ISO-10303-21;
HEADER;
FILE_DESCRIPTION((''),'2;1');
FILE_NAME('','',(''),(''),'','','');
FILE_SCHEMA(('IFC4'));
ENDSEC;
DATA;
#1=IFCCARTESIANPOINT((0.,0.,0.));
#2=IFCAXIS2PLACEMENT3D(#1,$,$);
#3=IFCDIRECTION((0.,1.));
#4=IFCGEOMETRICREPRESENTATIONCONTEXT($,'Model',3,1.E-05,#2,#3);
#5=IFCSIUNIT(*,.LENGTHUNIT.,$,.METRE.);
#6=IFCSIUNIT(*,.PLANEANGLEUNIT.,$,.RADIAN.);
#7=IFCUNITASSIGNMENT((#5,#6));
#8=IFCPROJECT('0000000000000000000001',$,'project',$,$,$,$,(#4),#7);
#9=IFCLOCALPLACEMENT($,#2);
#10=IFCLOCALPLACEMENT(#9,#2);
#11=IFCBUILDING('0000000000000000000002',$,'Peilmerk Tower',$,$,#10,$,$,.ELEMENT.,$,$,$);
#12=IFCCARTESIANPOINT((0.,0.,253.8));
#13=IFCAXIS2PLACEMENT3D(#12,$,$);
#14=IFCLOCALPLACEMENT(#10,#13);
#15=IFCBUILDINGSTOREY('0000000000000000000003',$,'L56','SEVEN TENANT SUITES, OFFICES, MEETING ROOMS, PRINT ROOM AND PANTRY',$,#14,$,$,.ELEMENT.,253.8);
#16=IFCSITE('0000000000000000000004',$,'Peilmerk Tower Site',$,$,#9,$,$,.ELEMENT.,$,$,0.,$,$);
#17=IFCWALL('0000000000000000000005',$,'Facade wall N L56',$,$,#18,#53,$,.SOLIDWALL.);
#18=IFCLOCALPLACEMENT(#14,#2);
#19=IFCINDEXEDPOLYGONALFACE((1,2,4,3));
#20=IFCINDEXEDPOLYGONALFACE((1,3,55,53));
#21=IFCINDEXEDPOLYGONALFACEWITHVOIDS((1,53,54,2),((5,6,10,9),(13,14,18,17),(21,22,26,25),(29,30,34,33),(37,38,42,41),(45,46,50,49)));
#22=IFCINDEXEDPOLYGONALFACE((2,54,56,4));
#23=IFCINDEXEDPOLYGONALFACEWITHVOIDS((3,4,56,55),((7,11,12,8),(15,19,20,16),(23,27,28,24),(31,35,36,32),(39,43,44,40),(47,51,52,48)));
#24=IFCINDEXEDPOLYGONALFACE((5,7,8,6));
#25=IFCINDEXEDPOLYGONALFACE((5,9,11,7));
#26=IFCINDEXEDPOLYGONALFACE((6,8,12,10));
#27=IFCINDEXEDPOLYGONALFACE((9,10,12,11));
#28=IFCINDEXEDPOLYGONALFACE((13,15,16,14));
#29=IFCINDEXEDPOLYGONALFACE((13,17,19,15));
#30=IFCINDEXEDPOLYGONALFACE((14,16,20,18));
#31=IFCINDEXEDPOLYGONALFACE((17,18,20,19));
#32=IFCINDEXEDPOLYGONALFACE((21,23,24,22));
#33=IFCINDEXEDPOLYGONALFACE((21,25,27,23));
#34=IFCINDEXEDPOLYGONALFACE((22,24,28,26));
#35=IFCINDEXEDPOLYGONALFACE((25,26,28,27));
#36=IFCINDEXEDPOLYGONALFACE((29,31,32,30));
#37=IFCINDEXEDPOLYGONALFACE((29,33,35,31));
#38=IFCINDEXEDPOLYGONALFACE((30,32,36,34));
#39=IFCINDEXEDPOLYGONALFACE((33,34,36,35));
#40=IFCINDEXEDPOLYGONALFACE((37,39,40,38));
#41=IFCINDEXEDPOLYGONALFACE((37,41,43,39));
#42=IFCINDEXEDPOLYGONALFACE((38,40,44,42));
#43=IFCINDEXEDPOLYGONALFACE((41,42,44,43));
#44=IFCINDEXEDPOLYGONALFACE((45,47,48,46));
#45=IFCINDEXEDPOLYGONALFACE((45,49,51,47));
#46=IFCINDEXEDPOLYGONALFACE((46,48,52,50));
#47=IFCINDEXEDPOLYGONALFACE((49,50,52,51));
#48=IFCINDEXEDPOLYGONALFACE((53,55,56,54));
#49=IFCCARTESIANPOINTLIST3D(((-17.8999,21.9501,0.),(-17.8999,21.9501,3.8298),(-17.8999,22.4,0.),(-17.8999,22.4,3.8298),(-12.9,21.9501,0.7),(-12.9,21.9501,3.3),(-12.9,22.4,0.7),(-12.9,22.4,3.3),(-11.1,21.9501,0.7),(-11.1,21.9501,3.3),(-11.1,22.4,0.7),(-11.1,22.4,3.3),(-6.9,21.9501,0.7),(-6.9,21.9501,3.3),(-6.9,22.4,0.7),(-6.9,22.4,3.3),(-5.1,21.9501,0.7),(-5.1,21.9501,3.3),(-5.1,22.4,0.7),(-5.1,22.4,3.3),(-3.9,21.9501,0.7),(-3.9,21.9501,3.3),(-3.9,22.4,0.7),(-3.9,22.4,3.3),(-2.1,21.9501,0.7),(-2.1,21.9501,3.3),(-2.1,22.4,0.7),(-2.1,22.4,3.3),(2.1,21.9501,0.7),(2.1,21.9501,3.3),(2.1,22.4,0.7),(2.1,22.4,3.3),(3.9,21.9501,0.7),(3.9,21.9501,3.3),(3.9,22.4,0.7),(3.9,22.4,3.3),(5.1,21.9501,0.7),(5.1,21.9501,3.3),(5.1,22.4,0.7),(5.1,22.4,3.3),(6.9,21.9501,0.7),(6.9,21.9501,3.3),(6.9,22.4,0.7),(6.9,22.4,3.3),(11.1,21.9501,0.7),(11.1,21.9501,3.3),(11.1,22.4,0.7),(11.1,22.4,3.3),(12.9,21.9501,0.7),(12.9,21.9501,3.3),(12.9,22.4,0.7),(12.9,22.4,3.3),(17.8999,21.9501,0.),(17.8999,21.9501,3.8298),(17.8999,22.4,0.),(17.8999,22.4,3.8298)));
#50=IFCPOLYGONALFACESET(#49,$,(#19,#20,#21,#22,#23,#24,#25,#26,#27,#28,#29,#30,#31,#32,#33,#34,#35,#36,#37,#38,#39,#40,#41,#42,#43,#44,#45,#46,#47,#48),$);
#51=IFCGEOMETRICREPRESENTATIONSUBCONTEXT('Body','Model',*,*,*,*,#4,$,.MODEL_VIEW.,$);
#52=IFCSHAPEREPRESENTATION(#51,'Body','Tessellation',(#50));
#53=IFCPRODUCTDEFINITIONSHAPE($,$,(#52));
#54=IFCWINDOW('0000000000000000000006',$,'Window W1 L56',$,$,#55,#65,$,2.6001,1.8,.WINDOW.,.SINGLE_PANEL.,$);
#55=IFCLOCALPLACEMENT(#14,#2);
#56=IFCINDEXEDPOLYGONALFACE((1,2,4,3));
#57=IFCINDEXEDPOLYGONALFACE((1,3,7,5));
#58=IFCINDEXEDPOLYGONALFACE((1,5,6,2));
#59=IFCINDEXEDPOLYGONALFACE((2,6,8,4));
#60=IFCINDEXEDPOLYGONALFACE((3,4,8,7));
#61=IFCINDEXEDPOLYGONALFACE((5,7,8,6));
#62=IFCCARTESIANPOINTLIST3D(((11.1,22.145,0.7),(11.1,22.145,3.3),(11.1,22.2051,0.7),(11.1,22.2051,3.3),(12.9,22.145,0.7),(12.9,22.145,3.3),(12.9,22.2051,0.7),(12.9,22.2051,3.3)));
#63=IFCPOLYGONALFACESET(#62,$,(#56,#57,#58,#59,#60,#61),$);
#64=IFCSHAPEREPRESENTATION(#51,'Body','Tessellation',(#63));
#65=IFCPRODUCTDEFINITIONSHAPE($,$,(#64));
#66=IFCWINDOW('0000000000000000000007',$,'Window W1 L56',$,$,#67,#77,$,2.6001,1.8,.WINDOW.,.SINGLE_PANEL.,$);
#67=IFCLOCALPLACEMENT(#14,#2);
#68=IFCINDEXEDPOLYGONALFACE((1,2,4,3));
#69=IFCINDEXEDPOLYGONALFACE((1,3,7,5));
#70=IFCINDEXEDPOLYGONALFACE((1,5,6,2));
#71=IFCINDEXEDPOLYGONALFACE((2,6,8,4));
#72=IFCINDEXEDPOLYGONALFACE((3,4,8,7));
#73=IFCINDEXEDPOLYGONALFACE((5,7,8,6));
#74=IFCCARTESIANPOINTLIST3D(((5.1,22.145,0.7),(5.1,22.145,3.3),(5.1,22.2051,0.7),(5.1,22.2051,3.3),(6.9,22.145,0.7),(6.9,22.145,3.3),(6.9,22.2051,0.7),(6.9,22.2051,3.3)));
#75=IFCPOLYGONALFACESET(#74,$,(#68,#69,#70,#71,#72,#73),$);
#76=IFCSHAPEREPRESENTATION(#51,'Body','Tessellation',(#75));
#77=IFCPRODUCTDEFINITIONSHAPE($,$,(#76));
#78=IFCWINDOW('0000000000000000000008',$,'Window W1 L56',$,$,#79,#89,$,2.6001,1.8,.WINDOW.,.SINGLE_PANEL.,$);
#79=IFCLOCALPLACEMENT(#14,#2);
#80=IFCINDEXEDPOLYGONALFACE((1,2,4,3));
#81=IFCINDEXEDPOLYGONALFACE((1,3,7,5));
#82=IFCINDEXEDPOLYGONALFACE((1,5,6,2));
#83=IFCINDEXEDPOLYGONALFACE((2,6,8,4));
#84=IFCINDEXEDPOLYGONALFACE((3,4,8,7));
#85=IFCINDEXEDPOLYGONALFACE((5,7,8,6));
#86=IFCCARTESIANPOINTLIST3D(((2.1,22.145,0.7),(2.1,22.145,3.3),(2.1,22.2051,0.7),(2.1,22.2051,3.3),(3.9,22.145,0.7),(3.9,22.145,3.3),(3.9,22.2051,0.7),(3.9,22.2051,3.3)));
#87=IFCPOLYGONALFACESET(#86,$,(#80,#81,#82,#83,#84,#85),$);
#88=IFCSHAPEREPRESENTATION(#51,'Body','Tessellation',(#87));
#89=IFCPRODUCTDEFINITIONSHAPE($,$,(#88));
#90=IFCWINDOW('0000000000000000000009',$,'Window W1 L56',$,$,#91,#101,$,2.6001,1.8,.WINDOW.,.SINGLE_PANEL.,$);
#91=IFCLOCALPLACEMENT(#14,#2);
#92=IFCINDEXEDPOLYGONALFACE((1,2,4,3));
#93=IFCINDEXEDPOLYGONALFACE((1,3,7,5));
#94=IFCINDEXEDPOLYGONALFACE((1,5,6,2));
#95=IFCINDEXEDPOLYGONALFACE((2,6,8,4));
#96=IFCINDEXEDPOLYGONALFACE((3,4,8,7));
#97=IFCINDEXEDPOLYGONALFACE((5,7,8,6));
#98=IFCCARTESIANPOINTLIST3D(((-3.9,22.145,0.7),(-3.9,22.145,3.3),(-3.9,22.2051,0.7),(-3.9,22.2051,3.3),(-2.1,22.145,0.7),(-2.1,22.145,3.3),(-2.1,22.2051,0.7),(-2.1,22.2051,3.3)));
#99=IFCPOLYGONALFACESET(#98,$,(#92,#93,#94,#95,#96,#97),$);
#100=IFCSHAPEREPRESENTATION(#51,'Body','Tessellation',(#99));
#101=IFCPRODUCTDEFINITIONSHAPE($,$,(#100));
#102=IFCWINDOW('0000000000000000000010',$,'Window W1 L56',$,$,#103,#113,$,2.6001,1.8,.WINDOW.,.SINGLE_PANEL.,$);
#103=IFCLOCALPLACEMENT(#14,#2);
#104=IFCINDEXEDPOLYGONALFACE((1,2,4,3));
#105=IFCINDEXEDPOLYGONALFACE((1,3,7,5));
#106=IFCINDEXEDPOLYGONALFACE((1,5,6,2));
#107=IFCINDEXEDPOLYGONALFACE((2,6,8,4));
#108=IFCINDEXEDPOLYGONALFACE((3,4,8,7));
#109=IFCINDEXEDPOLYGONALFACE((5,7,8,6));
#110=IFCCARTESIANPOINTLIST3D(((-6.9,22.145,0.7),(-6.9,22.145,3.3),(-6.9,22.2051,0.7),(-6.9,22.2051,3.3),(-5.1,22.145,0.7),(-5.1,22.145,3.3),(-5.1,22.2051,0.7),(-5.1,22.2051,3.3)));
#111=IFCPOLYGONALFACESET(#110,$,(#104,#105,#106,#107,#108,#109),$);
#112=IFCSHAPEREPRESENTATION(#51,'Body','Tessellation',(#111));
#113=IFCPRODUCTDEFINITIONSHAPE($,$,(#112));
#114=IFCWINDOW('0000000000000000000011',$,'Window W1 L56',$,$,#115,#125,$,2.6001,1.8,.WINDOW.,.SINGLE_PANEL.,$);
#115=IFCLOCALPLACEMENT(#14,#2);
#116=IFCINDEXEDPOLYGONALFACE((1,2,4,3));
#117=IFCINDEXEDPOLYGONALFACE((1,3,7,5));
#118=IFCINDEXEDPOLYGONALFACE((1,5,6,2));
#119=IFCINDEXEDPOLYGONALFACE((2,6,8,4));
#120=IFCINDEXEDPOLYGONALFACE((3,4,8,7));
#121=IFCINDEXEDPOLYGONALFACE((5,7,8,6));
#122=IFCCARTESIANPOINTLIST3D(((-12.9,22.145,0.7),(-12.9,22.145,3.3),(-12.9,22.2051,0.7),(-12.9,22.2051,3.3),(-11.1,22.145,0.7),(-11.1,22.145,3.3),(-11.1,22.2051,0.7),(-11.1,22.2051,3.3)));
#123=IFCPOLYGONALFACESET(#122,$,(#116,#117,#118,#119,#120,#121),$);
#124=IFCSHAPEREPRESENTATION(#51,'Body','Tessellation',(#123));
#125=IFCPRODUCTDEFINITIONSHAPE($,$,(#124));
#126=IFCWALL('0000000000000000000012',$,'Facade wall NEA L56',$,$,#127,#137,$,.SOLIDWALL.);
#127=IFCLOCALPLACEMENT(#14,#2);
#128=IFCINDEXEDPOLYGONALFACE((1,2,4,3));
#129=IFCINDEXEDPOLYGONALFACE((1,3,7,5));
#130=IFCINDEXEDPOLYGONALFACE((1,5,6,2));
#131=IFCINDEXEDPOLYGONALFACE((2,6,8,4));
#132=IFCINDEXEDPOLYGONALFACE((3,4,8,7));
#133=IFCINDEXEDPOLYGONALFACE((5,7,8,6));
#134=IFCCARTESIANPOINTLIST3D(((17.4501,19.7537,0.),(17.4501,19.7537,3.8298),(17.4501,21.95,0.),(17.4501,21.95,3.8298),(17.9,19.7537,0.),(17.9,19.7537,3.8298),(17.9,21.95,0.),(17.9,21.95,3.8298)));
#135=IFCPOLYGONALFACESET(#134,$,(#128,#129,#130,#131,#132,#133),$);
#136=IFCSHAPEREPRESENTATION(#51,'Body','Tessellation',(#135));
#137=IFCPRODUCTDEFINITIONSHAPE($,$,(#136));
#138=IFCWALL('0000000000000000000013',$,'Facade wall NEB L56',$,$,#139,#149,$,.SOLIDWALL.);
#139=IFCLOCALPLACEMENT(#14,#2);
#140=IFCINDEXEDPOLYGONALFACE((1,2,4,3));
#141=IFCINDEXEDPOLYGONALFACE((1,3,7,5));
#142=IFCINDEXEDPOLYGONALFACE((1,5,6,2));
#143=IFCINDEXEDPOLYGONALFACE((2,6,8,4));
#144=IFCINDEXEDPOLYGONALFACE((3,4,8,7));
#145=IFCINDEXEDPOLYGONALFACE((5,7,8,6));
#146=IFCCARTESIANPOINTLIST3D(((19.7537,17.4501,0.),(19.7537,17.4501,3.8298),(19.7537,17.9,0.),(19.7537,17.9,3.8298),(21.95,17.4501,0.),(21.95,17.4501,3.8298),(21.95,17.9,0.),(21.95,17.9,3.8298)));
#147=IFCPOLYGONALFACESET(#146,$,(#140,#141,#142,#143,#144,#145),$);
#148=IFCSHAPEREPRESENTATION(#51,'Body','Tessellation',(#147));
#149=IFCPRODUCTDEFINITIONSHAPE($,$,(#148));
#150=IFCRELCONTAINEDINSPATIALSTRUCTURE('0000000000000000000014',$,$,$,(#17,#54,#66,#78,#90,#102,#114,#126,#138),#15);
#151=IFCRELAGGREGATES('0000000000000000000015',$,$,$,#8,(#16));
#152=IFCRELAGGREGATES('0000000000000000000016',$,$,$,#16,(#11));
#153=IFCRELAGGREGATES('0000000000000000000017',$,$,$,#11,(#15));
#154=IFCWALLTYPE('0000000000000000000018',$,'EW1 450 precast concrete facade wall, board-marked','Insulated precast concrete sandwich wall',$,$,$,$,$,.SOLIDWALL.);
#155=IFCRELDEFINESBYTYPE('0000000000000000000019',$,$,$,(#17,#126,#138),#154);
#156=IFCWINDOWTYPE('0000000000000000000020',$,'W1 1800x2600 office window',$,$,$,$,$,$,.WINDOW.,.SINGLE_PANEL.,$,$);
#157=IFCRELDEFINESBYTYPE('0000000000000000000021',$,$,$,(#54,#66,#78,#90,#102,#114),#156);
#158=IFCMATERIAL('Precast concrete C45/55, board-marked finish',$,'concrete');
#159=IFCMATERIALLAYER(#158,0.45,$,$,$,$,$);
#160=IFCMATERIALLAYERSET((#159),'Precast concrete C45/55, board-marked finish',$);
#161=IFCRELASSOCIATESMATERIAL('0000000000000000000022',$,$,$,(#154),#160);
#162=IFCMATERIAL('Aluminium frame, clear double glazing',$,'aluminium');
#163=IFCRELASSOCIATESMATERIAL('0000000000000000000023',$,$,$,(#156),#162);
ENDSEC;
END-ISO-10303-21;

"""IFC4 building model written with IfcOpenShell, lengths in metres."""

from ifc_helpers import new_model, si_unit, direction, frame, frame_2d, origin, place, context, subcontext, project, spatial, rectangle, extrude, material, layer, layer_set, type_object, element, fill, save


model = new_model("IFC4")

# Units and contexts
model_context = context("Model", 3, precision=1e-05, world=origin(), true_north=direction((0.0, 1.0)))
body_context = subcontext(model_context, "Body", "Model", "MODEL_VIEW")
ifc_project = project(units=[si_unit("LENGTHUNIT", "METRE"), si_unit("PLANEANGLEUNIT", "RADIAN")], contexts=[model_context])

# Site, building, storey
site_placement = place(None, origin())
site = spatial("IfcSite", under=ifc_project, at=site_placement, Name="Peilmerk Tower Site", CompositionType="ELEMENT", RefElevation=0.0)
building_placement = place(site_placement, origin())
building = spatial("IfcBuilding", under=site, at=building_placement, Name="Peilmerk Tower", CompositionType="ELEMENT")
storey_placement = place(building_placement, frame((0.0, 0.0, 253.8)))
storey = spatial("IfcBuildingStorey", under=building, at=storey_placement, Name="L56", Description="SEVEN TENANT SUITES, OFFICES, MEETING ROOMS, PRINT ROOM AND PANTRY", CompositionType="ELEMENT", Elevation=253.8)

# Wall, openings, windows
ifc_material_1 = material(Name="Precast concrete C45/55, board-marked finish", Category="concrete")
ifc_layer_1 = layer(ifc_material_1, 0.45)
ifc_layer_set_1 = layer_set([ifc_layer_1], Name="Precast concrete C45/55, board-marked finish")
wall_type = type_object("IfcWallType", Name="EW1 450 precast concrete facade wall, board-marked", Description="Insulated precast concrete sandwich wall", PredefinedType="SOLIDWALL", material=ifc_layer_set_1)
wall_placement = place(storey_placement, frame((17.8999, 22.175, 0.0), z_axis=(0.0, 0.0, 1.0), x_axis=(-1.0, 0.0, 0.0)))
wall = element("IfcWall", 1, at=wall_placement, inside=storey, type_object=wall_type, Name="Facade wall N L56", PredefinedType="SOLIDWALL", context=body_context, shape_type="SweptSolid", body=[
    extrude(rectangle(XDim=35.7998, YDim=0.45, at=frame_2d((17.8999, 0.0))), origin(), (0.0, 0.0, 1.0), 3.8298),
])
opening_1_placement = place(wall_placement, frame((5.0, 0.0, 0.7)))
opening_1 = element("IfcOpeningElement", 2, at=opening_1_placement, cuts=wall, PredefinedType="OPENING", context=body_context, shape_type="SweptSolid", body=[
    extrude(rectangle(XDim=1.8, YDim=2.6001, at=frame_2d((0.8999, 1.3))), frame((0.0, 0.2349, 0.0), z_axis=(0.0, -1.0, 0.0), x_axis=(1.0, 0.0, 0.0)), (0.0, 0.0, 1.0), 0.47),
])
opening_2_placement = place(wall_placement, frame((11.0, 0.0, 0.7)))
opening_2 = element("IfcOpeningElement", 3, at=opening_2_placement, cuts=wall, PredefinedType="OPENING", context=body_context, shape_type="SweptSolid", body=[
    extrude(rectangle(XDim=1.8, YDim=2.6001, at=frame_2d((0.8999, 1.3))), frame((0.0, 0.2349, 0.0), z_axis=(0.0, -1.0, 0.0), x_axis=(1.0, 0.0, 0.0)), (0.0, 0.0, 1.0), 0.47),
])
opening_3_placement = place(wall_placement, frame((14.0, 0.0, 0.7)))
opening_3 = element("IfcOpeningElement", 4, at=opening_3_placement, cuts=wall, PredefinedType="OPENING", context=body_context, shape_type="SweptSolid", body=[
    extrude(rectangle(XDim=1.8, YDim=2.6001, at=frame_2d((0.8999, 1.3))), frame((0.0, 0.2349, 0.0), z_axis=(0.0, -1.0, 0.0), x_axis=(1.0, 0.0, 0.0)), (0.0, 0.0, 1.0), 0.47),
])
opening_4_placement = place(wall_placement, frame((20.0, 0.0, 0.7)))
opening_4 = element("IfcOpeningElement", 5, at=opening_4_placement, cuts=wall, PredefinedType="OPENING", context=body_context, shape_type="SweptSolid", body=[
    extrude(rectangle(XDim=1.8, YDim=2.6001, at=frame_2d((0.8999, 1.3))), frame((0.0, 0.2349, 0.0), z_axis=(0.0, -1.0, 0.0), x_axis=(1.0, 0.0, 0.0)), (0.0, 0.0, 1.0), 0.47),
])
opening_5_placement = place(wall_placement, frame((23.0, 0.0, 0.7)))
opening_5 = element("IfcOpeningElement", 6, at=opening_5_placement, cuts=wall, PredefinedType="OPENING", context=body_context, shape_type="SweptSolid", body=[
    extrude(rectangle(XDim=1.8, YDim=2.6001, at=frame_2d((0.8999, 1.3))), frame((0.0, 0.2349, 0.0), z_axis=(0.0, -1.0, 0.0), x_axis=(1.0, 0.0, 0.0)), (0.0, 0.0, 1.0), 0.47),
])
opening_6_placement = place(wall_placement, frame((29.0, 0.0, 0.7)))
opening_6 = element("IfcOpeningElement", 7, at=opening_6_placement, cuts=wall, PredefinedType="OPENING", context=body_context, shape_type="SweptSolid", body=[
    extrude(rectangle(XDim=1.8, YDim=2.6001, at=frame_2d((0.8999, 1.3))), frame((0.0, 0.2349, 0.0), z_axis=(0.0, -1.0, 0.0), x_axis=(1.0, 0.0, 0.0)), (0.0, 0.0, 1.0), 0.47),
])
ifc_material_2 = material(Name="Aluminium frame, clear double glazing", Category="aluminium")
window_type = type_object("IfcWindowType", Name="W1 1800x2600 office window", PartitioningType="SINGLE_PANEL", PredefinedType="WINDOW", material=ifc_material_2)
window_1_placement = place(opening_1_placement, origin())
window_1 = element("IfcWindow", 8, at=window_1_placement, inside=storey, type_object=window_type, Name="Window W1 L56", OverallHeight=2.6001, OverallWidth=1.8, PartitioningType="SINGLE_PANEL", PredefinedType="WINDOW", context=body_context, shape_type="SweptSolid", body=[
    extrude(rectangle(XDim=1.8, YDim=2.6001, at=frame_2d((0.8999, 1.3))), frame((0.0, 0.03, 0.0), z_axis=(0.0, -1.0, 0.0), x_axis=(1.0, 0.0, 0.0)), (0.0, 0.0, 1.0), 0.0601),
])
fill(opening_1, window_1)
window_2_placement = place(opening_2_placement, origin())
window_2 = element("IfcWindow", 9, at=window_2_placement, inside=storey, type_object=window_type, Name="Window W1 L56", OverallHeight=2.6001, OverallWidth=1.8, PartitioningType="SINGLE_PANEL", PredefinedType="WINDOW", context=body_context, shape_type="SweptSolid", body=[
    extrude(rectangle(XDim=1.8, YDim=2.6001, at=frame_2d((0.8999, 1.3))), frame((0.0, 0.03, 0.0), z_axis=(0.0, -1.0, 0.0), x_axis=(1.0, 0.0, 0.0)), (0.0, 0.0, 1.0), 0.0601),
])
fill(opening_2, window_2)
window_3_placement = place(opening_3_placement, origin())
window_3 = element("IfcWindow", 10, at=window_3_placement, inside=storey, type_object=window_type, Name="Window W1 L56", OverallHeight=2.6001, OverallWidth=1.8, PartitioningType="SINGLE_PANEL", PredefinedType="WINDOW", context=body_context, shape_type="SweptSolid", body=[
    extrude(rectangle(XDim=1.8, YDim=2.6001, at=frame_2d((0.8999, 1.3))), frame((0.0, 0.03, 0.0), z_axis=(0.0, -1.0, 0.0), x_axis=(1.0, 0.0, 0.0)), (0.0, 0.0, 1.0), 0.0601),
])
fill(opening_3, window_3)
window_4_placement = place(opening_4_placement, origin())
window_4 = element("IfcWindow", 11, at=window_4_placement, inside=storey, type_object=window_type, Name="Window W1 L56", OverallHeight=2.6001, OverallWidth=1.8, PartitioningType="SINGLE_PANEL", PredefinedType="WINDOW", context=body_context, shape_type="SweptSolid", body=[
    extrude(rectangle(XDim=1.8, YDim=2.6001, at=frame_2d((0.8999, 1.3))), frame((0.0, 0.03, 0.0), z_axis=(0.0, -1.0, 0.0), x_axis=(1.0, 0.0, 0.0)), (0.0, 0.0, 1.0), 0.0601),
])
fill(opening_4, window_4)
window_5_placement = place(opening_5_placement, origin())
window_5 = element("IfcWindow", 12, at=window_5_placement, inside=storey, type_object=window_type, Name="Window W1 L56", OverallHeight=2.6001, OverallWidth=1.8, PartitioningType="SINGLE_PANEL", PredefinedType="WINDOW", context=body_context, shape_type="SweptSolid", body=[
    extrude(rectangle(XDim=1.8, YDim=2.6001, at=frame_2d((0.8999, 1.3))), frame((0.0, 0.03, 0.0), z_axis=(0.0, -1.0, 0.0), x_axis=(1.0, 0.0, 0.0)), (0.0, 0.0, 1.0), 0.0601),
])
fill(opening_5, window_5)
window_6_placement = place(opening_6_placement, origin())
window_6 = element("IfcWindow", 13, at=window_6_placement, inside=storey, type_object=window_type, Name="Window W1 L56", OverallHeight=2.6001, OverallWidth=1.8, PartitioningType="SINGLE_PANEL", PredefinedType="WINDOW", context=body_context, shape_type="SweptSolid", body=[
    extrude(rectangle(XDim=1.8, YDim=2.6001, at=frame_2d((0.8999, 1.3))), frame((0.0, 0.03, 0.0), z_axis=(0.0, -1.0, 0.0), x_axis=(1.0, 0.0, 0.0)), (0.0, 0.0, 1.0), 0.0601),
])
fill(opening_6, window_6)

# Walls
for number, where, z_axis, x_axis, name in (
    (14, (17.675, 19.7537, 0.0), (0.0, 0.0, 1.0), (0.0, 1.0, 0.0), "Facade wall NEA L56"),
    (15, (19.7537, 17.675, 0.0), (0.0, 0.0, 1.0), (1.0, 0.0, 0.0), "Facade wall NEB L56"),
):
    element("IfcWall", number, at=place(storey_placement, frame(where, z_axis=z_axis, x_axis=x_axis)), inside=storey, type_object=wall_type, Name=name, PredefinedType="SOLIDWALL", context=body_context, shape_type="SweptSolid", body=[
        extrude(rectangle(XDim=2.1963, YDim=0.45, at=frame_2d((1.0981, 0.0))), origin(), (0.0, 0.0, 1.0), 3.8298),
    ])

save(model, "model.ifc")
